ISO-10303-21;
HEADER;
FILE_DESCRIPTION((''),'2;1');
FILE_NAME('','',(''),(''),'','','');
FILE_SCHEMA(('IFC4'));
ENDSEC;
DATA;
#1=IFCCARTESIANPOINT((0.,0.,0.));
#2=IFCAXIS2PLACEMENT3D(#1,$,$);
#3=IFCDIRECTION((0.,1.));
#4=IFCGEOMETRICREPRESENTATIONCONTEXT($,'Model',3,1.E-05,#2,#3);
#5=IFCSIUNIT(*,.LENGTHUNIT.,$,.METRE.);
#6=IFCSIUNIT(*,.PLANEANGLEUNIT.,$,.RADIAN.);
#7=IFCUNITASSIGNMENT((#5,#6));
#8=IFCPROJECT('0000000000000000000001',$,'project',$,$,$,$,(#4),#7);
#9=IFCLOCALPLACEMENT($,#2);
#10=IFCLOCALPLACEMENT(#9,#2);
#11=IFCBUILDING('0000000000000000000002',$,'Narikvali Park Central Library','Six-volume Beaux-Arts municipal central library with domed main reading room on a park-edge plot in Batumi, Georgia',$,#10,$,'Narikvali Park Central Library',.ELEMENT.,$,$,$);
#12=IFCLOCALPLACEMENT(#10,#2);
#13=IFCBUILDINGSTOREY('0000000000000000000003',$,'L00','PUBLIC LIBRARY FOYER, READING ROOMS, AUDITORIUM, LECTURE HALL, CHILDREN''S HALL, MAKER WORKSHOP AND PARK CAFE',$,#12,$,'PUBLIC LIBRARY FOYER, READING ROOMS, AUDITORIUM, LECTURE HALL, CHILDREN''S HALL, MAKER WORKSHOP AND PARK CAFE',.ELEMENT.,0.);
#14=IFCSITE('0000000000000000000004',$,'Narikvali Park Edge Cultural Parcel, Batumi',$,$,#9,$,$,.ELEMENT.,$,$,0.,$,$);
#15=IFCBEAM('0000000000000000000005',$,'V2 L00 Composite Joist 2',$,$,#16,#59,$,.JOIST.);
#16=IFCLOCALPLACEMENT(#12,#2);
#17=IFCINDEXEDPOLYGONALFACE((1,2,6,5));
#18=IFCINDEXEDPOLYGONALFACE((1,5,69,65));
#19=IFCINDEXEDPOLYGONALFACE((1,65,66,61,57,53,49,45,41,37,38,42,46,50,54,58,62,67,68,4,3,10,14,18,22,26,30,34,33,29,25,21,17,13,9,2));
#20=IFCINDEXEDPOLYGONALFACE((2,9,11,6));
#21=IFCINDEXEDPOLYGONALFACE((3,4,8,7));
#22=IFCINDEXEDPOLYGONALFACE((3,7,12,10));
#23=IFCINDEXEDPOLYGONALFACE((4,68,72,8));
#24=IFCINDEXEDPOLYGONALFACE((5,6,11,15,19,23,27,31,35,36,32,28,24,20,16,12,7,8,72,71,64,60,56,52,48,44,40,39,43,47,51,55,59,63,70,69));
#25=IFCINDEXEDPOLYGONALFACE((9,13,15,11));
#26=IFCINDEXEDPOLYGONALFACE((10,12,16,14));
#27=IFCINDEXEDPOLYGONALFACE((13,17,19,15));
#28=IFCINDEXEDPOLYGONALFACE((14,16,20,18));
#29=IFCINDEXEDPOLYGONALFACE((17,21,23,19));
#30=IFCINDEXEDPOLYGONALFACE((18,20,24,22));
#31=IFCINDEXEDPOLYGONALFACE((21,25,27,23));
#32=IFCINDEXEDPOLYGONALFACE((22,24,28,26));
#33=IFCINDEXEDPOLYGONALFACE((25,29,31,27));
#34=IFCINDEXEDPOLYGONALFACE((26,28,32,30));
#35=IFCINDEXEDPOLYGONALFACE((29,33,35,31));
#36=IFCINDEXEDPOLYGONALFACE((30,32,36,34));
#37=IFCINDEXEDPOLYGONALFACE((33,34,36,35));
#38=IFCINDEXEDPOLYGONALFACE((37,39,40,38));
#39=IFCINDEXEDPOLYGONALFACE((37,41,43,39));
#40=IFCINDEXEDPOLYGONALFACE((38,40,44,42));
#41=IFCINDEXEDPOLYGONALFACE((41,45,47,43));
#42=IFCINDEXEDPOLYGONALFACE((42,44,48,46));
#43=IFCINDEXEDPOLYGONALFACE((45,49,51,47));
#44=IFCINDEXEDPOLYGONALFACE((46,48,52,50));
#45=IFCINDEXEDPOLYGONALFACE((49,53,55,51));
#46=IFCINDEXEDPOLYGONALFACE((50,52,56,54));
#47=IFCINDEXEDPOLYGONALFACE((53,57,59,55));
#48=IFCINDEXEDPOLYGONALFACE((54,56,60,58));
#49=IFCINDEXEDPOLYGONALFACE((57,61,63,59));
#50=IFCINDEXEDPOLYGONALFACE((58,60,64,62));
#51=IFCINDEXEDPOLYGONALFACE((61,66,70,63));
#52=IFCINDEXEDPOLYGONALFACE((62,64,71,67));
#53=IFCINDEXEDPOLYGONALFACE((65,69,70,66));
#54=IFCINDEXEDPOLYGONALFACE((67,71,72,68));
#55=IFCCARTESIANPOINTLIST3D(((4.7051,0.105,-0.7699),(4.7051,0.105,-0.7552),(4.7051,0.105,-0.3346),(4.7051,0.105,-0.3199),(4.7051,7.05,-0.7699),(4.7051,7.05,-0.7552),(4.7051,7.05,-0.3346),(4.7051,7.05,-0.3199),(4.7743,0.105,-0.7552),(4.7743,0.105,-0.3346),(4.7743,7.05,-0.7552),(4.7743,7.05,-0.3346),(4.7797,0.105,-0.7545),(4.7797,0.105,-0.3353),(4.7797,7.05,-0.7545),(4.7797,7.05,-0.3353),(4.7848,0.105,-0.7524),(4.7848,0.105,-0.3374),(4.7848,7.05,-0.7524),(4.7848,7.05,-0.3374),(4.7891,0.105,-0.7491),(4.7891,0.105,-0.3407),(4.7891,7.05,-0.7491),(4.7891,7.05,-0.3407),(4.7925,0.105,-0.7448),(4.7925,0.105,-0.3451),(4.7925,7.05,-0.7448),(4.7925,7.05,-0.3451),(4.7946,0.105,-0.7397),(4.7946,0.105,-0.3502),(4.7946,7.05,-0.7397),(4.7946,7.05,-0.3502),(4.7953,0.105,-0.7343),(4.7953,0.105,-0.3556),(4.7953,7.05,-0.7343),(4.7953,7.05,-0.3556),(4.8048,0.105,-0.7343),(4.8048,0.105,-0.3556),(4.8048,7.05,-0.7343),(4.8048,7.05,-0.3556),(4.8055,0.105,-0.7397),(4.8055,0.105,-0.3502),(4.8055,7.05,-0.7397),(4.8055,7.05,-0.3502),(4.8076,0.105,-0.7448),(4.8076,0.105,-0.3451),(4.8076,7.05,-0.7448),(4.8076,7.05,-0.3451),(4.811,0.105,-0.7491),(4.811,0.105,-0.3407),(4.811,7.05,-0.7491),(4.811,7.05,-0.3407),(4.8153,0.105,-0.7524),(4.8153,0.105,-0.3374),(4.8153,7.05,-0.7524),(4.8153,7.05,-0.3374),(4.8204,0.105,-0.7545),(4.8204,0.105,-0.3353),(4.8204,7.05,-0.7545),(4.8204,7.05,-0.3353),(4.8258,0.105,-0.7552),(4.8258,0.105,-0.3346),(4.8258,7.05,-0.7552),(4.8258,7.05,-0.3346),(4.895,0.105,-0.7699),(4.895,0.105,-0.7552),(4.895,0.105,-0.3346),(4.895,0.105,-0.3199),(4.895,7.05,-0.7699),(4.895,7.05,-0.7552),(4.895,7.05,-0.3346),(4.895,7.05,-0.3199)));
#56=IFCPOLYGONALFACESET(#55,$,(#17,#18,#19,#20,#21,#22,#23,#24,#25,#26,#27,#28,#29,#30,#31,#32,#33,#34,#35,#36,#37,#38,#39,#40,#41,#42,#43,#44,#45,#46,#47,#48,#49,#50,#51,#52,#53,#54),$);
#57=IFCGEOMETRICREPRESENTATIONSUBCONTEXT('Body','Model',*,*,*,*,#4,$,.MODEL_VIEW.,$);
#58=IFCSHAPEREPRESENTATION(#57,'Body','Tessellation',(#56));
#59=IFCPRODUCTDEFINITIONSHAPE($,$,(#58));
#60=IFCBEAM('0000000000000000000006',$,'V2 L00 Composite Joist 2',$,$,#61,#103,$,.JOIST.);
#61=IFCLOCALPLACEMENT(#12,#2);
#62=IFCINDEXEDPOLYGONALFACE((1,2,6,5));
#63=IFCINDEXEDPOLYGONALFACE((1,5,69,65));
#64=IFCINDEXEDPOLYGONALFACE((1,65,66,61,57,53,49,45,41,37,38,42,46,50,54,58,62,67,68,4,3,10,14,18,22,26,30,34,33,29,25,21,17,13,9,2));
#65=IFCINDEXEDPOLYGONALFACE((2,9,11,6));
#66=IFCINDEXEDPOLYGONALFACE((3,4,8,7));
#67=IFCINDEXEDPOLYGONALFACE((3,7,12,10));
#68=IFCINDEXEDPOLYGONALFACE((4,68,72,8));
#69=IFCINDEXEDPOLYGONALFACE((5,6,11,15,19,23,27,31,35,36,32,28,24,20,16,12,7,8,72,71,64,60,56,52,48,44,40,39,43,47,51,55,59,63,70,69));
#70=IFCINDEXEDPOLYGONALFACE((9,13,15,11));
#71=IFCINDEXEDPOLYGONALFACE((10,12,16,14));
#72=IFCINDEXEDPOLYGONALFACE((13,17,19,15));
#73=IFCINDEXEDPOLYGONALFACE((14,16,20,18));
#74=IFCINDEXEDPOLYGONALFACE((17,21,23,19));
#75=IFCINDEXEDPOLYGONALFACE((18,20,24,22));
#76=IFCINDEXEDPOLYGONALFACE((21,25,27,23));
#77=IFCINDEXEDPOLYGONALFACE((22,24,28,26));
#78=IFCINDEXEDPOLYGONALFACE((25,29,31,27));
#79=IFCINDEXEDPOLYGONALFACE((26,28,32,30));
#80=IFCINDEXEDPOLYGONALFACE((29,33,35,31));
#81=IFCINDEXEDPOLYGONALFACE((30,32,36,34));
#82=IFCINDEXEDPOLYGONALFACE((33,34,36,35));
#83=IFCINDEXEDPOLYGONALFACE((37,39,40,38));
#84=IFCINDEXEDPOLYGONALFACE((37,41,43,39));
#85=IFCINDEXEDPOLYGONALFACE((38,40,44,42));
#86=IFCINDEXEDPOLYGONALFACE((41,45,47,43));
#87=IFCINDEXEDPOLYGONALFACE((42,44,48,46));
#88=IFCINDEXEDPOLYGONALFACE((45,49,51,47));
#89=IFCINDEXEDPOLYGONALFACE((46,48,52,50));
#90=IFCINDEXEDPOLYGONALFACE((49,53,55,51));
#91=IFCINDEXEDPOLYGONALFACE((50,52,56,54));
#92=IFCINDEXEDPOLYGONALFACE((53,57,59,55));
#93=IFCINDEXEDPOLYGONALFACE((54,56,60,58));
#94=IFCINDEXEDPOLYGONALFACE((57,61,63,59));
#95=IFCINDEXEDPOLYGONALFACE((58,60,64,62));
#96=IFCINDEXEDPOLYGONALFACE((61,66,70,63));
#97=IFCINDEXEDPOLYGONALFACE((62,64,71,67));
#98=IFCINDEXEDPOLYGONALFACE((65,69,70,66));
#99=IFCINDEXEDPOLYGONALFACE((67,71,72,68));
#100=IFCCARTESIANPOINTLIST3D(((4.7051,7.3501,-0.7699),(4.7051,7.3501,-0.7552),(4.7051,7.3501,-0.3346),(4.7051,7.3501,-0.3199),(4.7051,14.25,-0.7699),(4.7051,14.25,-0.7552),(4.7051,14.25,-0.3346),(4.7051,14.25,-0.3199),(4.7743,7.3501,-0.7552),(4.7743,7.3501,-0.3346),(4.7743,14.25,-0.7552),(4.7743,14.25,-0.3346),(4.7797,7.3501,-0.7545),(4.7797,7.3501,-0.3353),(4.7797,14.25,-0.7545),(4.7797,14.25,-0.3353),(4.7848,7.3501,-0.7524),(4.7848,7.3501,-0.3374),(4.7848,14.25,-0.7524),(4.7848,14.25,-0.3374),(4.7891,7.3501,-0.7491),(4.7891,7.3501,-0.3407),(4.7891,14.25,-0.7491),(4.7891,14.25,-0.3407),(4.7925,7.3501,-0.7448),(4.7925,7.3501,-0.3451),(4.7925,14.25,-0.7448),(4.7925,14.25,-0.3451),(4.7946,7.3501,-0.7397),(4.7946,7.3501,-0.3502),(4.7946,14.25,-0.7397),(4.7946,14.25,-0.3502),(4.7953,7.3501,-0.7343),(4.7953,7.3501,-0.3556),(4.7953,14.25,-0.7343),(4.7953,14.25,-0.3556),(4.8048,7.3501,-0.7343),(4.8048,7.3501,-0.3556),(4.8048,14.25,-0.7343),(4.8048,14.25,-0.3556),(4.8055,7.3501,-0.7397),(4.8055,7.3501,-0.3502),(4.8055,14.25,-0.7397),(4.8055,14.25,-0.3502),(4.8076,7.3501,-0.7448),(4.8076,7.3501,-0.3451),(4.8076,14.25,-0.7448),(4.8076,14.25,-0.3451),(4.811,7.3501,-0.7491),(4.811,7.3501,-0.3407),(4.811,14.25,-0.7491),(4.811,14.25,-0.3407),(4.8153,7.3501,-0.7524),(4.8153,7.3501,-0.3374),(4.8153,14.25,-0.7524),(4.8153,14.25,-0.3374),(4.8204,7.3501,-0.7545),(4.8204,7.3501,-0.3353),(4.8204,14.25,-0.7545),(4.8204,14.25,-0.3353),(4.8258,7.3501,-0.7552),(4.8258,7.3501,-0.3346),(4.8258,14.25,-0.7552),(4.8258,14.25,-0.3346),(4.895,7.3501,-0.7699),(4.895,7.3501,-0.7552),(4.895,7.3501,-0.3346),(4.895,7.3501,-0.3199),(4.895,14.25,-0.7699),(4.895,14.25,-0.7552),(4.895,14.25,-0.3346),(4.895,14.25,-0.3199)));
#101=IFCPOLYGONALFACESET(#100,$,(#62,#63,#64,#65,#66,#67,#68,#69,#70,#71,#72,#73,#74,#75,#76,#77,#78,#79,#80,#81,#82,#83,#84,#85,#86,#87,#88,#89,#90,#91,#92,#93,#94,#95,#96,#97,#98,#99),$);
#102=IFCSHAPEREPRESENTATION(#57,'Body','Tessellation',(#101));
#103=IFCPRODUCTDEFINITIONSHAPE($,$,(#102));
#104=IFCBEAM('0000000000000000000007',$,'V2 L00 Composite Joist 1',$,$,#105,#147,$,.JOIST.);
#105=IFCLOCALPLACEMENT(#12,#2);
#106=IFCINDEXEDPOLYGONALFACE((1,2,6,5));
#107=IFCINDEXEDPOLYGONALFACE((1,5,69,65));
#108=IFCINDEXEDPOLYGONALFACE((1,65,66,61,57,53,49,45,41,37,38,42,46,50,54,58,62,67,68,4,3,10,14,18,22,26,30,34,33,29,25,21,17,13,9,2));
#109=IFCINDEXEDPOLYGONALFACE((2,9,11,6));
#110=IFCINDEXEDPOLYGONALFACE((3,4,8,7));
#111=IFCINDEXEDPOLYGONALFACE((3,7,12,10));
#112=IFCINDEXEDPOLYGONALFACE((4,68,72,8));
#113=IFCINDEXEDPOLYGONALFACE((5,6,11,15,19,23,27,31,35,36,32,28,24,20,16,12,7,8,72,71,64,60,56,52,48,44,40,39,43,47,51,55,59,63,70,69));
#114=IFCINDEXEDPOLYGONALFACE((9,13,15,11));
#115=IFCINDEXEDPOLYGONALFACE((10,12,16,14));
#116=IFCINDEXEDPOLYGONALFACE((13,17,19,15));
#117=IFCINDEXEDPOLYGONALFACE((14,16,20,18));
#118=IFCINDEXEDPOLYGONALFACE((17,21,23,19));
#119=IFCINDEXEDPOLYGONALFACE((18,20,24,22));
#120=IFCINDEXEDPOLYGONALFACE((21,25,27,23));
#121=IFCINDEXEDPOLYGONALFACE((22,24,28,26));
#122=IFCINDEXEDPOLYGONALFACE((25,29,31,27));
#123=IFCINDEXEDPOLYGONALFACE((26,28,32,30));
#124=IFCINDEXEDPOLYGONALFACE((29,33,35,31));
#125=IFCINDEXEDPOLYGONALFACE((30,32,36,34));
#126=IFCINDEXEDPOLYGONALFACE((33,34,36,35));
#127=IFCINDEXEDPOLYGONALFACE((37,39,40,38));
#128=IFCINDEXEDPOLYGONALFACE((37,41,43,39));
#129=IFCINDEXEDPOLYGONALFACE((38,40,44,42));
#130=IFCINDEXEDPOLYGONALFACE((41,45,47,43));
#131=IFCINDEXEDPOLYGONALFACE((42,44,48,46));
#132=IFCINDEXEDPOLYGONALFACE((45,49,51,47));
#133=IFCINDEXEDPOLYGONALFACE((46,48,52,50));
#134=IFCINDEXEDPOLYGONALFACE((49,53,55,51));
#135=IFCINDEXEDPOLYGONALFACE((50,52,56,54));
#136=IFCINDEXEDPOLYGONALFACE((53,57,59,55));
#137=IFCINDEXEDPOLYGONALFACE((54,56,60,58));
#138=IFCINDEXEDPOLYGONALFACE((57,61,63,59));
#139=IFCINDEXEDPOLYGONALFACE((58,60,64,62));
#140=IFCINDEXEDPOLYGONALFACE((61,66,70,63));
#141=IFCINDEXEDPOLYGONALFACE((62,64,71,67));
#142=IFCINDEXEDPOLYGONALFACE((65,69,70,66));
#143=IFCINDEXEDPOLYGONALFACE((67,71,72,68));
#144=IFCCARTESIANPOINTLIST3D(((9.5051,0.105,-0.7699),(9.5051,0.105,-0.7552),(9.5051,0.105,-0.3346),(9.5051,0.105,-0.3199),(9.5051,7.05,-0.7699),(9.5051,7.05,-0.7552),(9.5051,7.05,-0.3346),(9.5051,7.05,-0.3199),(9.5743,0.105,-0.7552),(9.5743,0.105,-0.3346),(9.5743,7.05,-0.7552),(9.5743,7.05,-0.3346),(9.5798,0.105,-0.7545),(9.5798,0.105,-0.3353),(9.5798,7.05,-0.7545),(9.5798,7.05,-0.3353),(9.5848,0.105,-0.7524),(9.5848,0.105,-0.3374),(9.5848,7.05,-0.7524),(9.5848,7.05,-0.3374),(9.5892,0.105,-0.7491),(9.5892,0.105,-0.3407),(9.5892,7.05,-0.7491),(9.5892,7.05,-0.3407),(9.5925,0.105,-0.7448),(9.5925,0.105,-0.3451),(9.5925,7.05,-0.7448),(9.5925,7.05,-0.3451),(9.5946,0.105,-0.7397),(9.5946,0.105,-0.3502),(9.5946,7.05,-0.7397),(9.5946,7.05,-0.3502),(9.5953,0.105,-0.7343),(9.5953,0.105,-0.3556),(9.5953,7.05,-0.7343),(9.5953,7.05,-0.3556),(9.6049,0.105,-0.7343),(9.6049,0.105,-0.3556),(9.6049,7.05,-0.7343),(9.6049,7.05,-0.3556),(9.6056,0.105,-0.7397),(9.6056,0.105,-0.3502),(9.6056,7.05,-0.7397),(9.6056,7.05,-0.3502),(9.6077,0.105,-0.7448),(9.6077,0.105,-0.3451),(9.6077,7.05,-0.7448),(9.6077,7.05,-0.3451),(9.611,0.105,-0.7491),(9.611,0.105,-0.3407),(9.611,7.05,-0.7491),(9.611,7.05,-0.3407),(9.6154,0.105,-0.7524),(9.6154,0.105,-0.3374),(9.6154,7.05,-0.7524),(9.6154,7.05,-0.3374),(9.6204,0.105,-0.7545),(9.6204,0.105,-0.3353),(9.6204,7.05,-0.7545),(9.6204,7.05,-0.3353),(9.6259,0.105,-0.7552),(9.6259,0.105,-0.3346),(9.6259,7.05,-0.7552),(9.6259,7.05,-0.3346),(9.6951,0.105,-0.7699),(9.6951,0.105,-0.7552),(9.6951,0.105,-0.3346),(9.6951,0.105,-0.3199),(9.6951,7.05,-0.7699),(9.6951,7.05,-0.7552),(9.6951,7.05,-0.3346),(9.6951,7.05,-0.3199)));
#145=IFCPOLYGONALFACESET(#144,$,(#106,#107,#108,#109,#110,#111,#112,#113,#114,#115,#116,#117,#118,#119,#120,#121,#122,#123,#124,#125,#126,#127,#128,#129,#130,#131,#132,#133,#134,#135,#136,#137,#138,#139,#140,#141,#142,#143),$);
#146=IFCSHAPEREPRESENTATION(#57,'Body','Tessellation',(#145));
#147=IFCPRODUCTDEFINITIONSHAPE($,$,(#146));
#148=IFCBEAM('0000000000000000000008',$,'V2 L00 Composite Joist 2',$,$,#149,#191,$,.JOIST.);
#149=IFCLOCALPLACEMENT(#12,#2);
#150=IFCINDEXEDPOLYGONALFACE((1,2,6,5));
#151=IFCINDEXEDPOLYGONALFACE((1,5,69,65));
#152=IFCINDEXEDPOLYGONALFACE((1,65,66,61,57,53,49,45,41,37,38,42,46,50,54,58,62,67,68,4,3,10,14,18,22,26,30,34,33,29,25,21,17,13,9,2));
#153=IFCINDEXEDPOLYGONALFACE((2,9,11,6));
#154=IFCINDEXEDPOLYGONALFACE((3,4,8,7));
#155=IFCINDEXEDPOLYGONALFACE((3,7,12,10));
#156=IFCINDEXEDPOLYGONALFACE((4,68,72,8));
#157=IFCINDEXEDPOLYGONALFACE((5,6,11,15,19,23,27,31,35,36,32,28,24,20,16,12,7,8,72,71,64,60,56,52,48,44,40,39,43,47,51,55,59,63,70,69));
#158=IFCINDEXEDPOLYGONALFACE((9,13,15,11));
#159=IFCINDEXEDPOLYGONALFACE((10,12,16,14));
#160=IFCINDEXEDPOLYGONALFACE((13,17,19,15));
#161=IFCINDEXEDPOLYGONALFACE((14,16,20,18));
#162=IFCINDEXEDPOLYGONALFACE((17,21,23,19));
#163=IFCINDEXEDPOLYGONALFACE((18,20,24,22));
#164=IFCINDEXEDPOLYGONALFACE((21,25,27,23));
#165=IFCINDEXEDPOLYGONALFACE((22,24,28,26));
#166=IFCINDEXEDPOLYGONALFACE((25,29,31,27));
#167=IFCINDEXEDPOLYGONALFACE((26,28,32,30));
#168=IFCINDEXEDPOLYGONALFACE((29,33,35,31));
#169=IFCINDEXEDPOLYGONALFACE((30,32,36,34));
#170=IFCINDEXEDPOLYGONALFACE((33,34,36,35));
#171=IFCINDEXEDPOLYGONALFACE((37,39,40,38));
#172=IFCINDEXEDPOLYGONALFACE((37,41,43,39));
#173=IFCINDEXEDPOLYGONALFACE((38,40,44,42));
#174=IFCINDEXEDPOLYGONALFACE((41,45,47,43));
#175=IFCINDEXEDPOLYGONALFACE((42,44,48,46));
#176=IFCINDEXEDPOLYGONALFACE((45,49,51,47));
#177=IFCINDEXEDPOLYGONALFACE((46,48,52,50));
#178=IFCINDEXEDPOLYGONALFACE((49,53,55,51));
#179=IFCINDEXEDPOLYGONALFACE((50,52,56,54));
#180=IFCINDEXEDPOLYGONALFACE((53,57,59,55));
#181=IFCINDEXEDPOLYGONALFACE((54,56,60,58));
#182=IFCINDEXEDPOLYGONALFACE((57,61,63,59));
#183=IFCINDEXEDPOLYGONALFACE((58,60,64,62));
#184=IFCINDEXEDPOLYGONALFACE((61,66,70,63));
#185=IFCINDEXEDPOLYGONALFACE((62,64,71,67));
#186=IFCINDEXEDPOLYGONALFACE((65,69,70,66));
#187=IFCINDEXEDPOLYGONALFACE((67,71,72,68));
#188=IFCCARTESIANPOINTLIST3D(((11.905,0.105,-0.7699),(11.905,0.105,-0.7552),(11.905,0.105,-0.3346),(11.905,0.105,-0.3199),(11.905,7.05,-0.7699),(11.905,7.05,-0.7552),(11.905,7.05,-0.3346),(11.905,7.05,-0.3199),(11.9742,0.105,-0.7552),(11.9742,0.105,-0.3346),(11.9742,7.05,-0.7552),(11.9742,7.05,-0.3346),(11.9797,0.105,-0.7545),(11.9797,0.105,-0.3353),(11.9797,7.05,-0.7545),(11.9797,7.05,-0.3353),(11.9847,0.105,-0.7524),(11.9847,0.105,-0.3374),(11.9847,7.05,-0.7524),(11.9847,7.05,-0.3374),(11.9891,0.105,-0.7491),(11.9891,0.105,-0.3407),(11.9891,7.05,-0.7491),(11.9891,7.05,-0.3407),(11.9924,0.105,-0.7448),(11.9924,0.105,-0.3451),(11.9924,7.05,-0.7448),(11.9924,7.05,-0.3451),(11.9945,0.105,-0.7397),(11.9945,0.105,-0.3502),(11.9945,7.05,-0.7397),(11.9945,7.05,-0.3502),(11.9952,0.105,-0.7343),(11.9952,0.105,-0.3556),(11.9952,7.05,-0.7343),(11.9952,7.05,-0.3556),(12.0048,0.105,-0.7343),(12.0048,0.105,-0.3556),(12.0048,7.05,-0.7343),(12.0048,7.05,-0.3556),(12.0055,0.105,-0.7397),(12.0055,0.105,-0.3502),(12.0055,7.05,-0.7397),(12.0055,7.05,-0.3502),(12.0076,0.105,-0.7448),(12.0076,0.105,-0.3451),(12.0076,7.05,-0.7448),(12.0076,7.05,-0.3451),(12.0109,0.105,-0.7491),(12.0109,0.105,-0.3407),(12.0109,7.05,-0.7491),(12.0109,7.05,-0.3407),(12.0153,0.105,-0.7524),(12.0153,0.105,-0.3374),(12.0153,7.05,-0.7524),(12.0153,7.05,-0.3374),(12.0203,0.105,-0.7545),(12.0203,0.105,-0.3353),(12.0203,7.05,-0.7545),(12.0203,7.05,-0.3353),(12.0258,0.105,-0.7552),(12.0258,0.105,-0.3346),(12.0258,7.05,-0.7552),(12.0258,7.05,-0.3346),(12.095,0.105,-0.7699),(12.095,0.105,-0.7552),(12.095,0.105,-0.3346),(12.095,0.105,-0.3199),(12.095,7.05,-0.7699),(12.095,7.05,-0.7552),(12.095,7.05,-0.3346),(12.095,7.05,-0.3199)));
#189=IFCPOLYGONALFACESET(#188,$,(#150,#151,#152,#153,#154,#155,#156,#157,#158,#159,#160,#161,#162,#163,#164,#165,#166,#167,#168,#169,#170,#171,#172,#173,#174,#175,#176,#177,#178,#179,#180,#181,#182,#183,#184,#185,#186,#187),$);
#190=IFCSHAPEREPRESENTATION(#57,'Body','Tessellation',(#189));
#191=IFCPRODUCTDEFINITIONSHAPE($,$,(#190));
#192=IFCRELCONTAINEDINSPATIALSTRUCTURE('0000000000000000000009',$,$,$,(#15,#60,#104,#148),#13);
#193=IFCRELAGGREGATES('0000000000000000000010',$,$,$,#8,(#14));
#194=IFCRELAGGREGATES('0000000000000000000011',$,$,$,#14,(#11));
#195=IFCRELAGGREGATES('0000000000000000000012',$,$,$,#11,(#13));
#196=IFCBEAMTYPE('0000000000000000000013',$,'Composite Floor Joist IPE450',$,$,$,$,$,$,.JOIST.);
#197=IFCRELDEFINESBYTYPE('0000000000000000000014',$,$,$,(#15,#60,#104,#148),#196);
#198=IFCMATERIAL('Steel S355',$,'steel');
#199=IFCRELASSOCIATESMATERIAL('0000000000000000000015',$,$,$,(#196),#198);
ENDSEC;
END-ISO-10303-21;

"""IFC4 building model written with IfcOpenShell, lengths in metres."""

from ifc_helpers import new_model, si_unit, direction, frame, origin, origin_2d, place, context, subcontext, project, spatial, i_section, extrude, material, material_profile, profile_set, type_object, element, save


model = new_model("IFC4")

# Units and contexts
model_context = context("Model", 3, precision=1e-05, world=origin(), true_north=direction((0.0, 1.0)))
body_context = subcontext(model_context, "Body", "Model", "MODEL_VIEW")
ifc_project = project(units=[si_unit("LENGTHUNIT", "METRE"), si_unit("PLANEANGLEUNIT", "RADIAN")], contexts=[model_context])

# Site, building, storey
site_placement = place(None, origin())
site = spatial("IfcSite", under=ifc_project, at=site_placement, Name="Narikvali Park Edge Cultural Parcel, Batumi", CompositionType="ELEMENT", RefElevation=0.0)
building_placement = place(site_placement, origin())
building = spatial("IfcBuilding", under=site, at=building_placement, Name="Narikvali Park Central Library", Description="Six-volume Beaux-Arts municipal central library with domed main reading room on a park-edge plot in Batumi, Georgia", LongName="Narikvali Park Central Library", CompositionType="ELEMENT")
storey_placement = place(building_placement, origin())
storey = spatial("IfcBuildingStorey", under=building, at=storey_placement, Name="L00", Description="PUBLIC LIBRARY FOYER, READING ROOMS, AUDITORIUM, LECTURE HALL, CHILDREN'S HALL, MAKER WORKSHOP AND PARK CAFE", LongName="PUBLIC LIBRARY FOYER, READING ROOMS, AUDITORIUM, LECTURE HALL, CHILDREN'S HALL, MAKER WORKSHOP AND PARK CAFE", CompositionType="ELEMENT", Elevation=0.0)

# Shared definitions
ifc_material_1 = material(Name="Steel S355", Category="steel")

# Beams
ifc_material_profile_1 = material_profile(ifc_material_1, i_section(OverallWidth=0.1899, OverallDepth=0.45, WebThickness=0.0095, FlangeThickness=0.0146, FilletRadius=0.021, at=origin_2d()), Name="IPE 450")
ifc_profile_set_1 = profile_set([ifc_material_profile_1], Name="Steel S355")
beam_type_1 = type_object("IfcBeamType", Name="Composite Floor Joist IPE450", PredefinedType="JOIST", material=ifc_profile_set_1)
beam_1_placement = place(storey_placement, frame((4.8, 0.105, -0.5449), z_axis=(0.0, 1.0, 0.0), x_axis=(-1.0, 0.0, 0.0)))
element("IfcBeam", 1, at=beam_1_placement, inside=storey, type_object=beam_type_1, Name="V2 L00 Composite Joist 2", PredefinedType="JOIST", context=body_context, shape_type="SweptSolid", body=[
    extrude(i_section(OverallWidth=0.1899, OverallDepth=0.45, WebThickness=0.0095, FlangeThickness=0.0146, FilletRadius=0.021, at=origin_2d()), origin(), (0.0, 0.0, 1.0), 6.9451),
])
beam_2_placement = place(storey_placement, frame((4.8, 7.3501, -0.5449), z_axis=(0.0, 1.0, 0.0), x_axis=(-1.0, 0.0, 0.0)))
element("IfcBeam", 2, at=beam_2_placement, inside=storey, type_object=beam_type_1, Name="V2 L00 Composite Joist 2", PredefinedType="JOIST", context=body_context, shape_type="SweptSolid", body=[
    extrude(i_section(OverallWidth=0.1899, OverallDepth=0.45, WebThickness=0.0095, FlangeThickness=0.0146, FilletRadius=0.021, at=origin_2d()), origin(), (0.0, 0.0, 1.0), 6.8999),
])
for number, where, z_axis, x_axis, name in (
    (3, (9.6001, 0.105, -0.5449), (0.0, 1.0, 0.0), (-1.0, 0.0, 0.0), "V2 L00 Composite Joist 1"),
    (4, (12.0, 0.105, -0.5449), (0.0, 1.0, 0.0), (-1.0, 0.0, 0.0), "V2 L00 Composite Joist 2"),
):
    element("IfcBeam", number, at=place(storey_placement, frame(where, z_axis=z_axis, x_axis=x_axis)), inside=storey, type_object=beam_type_1, Name=name, PredefinedType="JOIST", context=body_context, shape_type="SweptSolid", body=[
        extrude(i_section(OverallWidth=0.1899, OverallDepth=0.45, WebThickness=0.0095, FlangeThickness=0.0146, FilletRadius=0.021, at=origin_2d()), origin(), (0.0, 0.0, 1.0), 6.9451),
    ])

save(model, "model.ifc")
